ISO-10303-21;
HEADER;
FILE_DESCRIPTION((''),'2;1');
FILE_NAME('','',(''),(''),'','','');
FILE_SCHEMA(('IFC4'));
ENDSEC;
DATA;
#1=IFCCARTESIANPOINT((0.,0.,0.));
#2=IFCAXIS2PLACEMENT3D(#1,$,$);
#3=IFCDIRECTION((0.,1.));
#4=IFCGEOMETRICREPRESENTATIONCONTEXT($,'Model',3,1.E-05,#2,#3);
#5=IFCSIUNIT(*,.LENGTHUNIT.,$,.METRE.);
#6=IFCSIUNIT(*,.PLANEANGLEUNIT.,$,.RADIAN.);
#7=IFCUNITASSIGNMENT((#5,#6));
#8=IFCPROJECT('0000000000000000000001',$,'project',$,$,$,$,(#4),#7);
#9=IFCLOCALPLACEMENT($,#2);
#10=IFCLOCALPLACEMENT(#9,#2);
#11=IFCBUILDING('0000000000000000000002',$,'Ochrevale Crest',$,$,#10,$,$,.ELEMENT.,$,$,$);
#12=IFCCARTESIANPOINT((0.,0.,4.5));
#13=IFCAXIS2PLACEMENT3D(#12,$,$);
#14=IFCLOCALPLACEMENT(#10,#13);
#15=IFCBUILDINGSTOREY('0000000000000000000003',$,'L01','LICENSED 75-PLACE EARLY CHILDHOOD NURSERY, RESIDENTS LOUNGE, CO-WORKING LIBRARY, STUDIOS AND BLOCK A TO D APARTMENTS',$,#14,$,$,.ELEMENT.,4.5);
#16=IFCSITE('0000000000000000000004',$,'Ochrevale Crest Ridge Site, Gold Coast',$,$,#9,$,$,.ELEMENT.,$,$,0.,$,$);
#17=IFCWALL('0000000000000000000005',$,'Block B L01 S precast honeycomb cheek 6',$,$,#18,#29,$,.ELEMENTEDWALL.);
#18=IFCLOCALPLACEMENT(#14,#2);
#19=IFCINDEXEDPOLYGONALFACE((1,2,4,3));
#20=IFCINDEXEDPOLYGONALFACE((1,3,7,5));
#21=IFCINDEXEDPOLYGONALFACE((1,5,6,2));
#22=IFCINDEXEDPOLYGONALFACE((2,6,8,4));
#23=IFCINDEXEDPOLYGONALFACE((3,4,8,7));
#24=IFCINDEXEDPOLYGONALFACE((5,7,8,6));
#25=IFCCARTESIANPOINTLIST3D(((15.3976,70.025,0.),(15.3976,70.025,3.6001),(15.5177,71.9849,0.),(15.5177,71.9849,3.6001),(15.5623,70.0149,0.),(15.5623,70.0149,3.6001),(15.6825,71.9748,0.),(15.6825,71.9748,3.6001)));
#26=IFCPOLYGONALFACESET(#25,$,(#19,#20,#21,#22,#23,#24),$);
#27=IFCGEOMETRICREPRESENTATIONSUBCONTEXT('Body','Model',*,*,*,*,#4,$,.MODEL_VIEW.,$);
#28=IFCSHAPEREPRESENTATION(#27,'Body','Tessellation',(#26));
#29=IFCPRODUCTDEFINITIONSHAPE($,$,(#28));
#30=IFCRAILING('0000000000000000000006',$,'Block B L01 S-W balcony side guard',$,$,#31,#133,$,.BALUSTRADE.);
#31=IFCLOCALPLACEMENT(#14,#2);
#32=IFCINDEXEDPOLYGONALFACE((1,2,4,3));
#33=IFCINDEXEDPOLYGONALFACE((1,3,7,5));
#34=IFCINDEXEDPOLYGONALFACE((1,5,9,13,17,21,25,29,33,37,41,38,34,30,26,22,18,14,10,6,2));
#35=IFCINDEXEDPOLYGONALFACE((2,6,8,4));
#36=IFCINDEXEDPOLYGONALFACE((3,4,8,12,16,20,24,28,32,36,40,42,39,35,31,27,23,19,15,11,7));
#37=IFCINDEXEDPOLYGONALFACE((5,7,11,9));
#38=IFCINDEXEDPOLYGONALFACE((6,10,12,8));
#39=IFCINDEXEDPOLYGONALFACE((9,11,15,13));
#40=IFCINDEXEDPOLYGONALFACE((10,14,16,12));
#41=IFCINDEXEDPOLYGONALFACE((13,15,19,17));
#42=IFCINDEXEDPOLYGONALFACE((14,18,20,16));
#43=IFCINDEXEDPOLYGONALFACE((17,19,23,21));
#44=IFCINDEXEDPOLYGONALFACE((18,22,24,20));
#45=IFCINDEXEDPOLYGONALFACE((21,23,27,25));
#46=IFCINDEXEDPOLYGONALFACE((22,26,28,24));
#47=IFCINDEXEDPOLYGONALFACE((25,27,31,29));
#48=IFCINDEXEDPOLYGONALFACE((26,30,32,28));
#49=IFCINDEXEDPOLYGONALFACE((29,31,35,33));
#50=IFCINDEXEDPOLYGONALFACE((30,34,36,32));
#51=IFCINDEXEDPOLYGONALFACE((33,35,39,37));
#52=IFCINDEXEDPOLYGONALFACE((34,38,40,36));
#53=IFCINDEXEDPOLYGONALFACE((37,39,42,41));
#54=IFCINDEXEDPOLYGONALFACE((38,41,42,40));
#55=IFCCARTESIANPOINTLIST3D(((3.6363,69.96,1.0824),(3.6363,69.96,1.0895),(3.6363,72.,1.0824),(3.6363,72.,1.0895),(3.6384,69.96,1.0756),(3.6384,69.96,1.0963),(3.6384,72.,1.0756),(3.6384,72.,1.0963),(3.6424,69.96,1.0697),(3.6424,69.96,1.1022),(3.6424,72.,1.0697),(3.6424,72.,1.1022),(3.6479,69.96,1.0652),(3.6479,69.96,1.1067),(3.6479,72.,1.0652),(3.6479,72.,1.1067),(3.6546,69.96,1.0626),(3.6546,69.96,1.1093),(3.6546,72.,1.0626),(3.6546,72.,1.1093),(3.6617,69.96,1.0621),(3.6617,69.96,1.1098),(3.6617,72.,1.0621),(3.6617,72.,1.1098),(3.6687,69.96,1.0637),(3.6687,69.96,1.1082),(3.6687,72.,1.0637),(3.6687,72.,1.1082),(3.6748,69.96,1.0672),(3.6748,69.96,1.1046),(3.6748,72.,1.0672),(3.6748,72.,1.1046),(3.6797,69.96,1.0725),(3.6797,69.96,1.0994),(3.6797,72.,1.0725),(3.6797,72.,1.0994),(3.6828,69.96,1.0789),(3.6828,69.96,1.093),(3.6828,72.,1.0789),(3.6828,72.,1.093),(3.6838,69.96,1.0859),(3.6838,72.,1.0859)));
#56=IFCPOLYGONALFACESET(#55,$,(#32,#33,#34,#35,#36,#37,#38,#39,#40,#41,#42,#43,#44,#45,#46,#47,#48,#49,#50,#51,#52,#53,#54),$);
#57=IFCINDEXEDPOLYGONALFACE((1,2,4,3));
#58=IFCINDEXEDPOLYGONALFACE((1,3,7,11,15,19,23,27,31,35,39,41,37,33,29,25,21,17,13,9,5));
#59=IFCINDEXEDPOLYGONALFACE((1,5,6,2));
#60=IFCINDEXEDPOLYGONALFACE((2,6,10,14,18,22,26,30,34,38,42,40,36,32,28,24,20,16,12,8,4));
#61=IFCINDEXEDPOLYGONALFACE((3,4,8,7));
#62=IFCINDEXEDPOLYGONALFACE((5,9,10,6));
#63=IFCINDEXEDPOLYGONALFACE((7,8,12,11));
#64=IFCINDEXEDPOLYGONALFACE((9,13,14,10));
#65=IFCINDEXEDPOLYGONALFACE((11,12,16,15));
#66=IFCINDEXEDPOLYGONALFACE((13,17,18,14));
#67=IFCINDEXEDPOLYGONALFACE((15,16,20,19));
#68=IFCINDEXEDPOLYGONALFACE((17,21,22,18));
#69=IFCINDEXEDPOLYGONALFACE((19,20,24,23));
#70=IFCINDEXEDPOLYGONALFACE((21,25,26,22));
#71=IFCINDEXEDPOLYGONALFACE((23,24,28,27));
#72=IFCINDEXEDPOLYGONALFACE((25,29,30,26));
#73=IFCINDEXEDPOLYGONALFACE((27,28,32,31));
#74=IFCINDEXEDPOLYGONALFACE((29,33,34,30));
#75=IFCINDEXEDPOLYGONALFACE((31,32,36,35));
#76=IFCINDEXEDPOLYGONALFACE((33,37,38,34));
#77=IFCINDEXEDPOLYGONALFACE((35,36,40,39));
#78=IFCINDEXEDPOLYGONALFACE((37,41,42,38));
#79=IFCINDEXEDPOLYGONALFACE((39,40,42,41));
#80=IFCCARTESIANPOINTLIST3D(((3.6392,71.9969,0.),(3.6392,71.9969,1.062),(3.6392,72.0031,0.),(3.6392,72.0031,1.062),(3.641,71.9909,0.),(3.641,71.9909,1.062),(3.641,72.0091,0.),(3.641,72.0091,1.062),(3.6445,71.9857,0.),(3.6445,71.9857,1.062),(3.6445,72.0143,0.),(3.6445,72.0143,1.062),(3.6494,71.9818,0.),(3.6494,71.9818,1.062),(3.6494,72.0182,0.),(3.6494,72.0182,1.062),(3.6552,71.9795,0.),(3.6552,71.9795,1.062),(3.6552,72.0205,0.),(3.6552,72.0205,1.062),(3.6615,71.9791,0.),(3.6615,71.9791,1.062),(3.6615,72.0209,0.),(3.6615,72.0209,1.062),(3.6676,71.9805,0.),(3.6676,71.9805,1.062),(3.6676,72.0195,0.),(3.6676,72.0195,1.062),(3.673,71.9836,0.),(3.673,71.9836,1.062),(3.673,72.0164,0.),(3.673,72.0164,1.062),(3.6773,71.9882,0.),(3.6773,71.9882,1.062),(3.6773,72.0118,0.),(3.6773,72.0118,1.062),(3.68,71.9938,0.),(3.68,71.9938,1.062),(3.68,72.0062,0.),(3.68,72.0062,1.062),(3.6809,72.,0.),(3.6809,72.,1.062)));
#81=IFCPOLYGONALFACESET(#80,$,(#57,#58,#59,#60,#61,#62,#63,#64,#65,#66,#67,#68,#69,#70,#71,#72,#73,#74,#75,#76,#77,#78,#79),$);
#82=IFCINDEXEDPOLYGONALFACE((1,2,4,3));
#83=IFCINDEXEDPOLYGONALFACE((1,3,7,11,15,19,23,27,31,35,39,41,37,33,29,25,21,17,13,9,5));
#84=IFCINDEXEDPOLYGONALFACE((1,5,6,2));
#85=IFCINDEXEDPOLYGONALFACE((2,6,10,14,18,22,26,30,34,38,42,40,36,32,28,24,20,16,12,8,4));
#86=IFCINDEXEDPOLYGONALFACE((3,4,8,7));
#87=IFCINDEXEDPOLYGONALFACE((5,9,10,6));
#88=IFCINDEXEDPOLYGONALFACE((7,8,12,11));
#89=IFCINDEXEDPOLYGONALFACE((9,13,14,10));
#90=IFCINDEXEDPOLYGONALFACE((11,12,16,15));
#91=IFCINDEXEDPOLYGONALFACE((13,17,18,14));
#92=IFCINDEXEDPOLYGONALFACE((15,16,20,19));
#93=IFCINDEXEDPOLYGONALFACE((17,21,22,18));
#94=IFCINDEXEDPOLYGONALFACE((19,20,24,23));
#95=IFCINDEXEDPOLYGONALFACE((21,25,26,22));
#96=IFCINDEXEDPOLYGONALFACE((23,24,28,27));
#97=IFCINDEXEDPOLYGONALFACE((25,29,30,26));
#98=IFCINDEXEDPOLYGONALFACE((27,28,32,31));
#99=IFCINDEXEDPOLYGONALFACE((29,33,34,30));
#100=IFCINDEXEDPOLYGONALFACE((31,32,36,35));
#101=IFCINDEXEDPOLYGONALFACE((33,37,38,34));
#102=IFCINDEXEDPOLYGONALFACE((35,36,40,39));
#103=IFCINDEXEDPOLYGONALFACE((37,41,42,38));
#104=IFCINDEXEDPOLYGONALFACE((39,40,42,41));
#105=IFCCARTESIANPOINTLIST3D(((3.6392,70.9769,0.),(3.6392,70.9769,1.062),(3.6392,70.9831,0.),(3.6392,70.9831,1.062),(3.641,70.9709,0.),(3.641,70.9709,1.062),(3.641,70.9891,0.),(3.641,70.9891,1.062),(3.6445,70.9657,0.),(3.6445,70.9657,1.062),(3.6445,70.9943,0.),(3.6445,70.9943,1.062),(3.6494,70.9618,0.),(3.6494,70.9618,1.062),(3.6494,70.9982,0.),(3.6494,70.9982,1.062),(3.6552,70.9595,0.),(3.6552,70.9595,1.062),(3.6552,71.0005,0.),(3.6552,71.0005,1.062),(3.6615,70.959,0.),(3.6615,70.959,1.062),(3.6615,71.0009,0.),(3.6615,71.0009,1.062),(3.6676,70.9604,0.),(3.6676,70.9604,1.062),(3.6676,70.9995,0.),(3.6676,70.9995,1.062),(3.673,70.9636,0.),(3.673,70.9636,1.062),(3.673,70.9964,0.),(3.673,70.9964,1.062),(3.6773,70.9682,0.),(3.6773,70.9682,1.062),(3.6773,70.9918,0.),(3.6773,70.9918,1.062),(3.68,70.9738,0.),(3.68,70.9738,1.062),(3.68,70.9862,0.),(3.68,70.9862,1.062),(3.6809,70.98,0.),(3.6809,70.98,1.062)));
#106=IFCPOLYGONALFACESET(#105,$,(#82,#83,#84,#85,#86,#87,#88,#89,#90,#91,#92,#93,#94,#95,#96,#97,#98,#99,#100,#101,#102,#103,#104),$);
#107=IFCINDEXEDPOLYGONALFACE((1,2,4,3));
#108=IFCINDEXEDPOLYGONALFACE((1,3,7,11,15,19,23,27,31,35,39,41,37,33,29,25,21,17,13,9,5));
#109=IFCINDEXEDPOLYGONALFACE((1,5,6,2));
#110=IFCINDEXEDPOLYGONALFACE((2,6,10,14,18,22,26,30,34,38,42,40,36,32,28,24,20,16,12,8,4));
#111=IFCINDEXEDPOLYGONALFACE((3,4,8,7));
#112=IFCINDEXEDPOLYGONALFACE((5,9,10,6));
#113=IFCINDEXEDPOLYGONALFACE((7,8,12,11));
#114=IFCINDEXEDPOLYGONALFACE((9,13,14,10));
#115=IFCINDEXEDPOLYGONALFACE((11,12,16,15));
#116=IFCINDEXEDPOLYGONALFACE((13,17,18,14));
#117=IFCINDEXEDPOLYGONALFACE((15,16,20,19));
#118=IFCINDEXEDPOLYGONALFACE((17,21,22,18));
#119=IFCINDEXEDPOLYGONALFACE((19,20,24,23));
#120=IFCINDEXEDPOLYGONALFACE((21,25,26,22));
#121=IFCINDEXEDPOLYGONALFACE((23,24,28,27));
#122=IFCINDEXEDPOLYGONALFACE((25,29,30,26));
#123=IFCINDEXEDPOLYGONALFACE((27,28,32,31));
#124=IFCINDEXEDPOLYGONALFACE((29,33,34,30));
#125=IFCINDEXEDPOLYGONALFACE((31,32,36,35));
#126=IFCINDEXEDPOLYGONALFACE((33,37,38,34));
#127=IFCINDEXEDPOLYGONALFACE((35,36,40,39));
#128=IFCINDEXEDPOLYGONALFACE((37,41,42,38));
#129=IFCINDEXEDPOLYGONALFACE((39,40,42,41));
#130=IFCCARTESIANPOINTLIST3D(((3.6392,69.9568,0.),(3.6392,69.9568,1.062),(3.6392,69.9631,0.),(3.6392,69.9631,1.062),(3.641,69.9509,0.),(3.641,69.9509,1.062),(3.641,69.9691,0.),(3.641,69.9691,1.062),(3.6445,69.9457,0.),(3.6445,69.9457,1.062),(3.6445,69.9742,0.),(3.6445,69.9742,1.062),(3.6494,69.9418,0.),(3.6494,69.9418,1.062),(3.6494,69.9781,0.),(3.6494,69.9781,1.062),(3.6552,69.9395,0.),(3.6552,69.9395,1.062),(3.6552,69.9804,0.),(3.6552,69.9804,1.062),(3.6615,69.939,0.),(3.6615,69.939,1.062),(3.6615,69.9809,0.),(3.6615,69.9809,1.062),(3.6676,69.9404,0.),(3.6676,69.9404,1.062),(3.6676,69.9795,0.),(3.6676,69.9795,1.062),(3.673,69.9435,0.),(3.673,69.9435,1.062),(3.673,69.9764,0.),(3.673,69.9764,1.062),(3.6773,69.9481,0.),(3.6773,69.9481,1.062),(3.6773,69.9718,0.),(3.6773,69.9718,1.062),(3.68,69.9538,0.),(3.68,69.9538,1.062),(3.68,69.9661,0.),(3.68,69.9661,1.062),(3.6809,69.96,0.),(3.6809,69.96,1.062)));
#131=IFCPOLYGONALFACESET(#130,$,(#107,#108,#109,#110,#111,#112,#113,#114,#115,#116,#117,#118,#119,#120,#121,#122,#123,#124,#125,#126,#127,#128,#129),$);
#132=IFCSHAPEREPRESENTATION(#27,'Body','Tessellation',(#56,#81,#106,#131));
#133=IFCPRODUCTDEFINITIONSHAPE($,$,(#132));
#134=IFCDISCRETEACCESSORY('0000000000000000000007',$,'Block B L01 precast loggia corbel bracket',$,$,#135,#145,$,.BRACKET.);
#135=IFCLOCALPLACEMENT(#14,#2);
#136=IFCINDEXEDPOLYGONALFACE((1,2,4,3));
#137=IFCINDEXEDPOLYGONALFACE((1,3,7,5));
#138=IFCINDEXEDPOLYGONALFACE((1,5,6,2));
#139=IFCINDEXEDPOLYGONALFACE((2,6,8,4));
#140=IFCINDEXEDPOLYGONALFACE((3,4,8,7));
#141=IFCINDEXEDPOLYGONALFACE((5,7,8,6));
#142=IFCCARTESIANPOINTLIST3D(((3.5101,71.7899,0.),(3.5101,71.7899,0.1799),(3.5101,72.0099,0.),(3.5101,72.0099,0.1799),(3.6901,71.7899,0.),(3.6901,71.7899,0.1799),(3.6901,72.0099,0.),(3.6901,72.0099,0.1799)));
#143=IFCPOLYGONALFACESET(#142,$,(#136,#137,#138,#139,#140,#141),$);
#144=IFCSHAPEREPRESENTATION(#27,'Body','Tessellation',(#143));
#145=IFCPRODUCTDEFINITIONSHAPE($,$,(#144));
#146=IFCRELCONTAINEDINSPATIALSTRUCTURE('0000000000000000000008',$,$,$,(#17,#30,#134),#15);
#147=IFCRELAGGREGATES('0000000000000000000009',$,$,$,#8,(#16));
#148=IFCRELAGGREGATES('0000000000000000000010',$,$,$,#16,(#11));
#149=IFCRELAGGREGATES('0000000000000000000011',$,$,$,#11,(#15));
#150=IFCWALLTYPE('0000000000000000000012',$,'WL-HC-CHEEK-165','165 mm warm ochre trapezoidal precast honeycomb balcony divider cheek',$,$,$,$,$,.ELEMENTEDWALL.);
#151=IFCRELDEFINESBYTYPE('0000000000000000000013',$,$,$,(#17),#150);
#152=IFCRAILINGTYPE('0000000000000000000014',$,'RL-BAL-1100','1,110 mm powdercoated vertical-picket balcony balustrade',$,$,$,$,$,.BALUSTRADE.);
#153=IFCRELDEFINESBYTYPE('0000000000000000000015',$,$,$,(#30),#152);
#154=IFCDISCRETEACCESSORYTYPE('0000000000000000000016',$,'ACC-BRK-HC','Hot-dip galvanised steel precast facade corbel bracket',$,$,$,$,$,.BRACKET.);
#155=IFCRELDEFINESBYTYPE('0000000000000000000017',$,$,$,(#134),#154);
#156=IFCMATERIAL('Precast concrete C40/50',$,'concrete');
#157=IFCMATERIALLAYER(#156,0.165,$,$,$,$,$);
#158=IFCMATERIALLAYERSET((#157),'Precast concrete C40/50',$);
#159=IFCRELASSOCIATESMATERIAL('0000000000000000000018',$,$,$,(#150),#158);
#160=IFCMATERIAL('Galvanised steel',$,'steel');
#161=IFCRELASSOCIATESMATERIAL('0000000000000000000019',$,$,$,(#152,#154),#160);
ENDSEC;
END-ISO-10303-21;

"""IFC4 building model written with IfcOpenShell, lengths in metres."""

from ifc_helpers import new_model, si_unit, direction, frame, frame_2d, origin, origin_2d, place, context, subcontext, project, spatial, rectangle, circle, extrude, material, layer, layer_set, type_object, element, save


model = new_model("IFC4")

# Units and contexts
model_context = context("Model", 3, precision=1e-05, world=origin(), true_north=direction((0.0, 1.0)))
body_context = subcontext(model_context, "Body", "Model", "MODEL_VIEW")
ifc_project = project(units=[si_unit("LENGTHUNIT", "METRE"), si_unit("PLANEANGLEUNIT", "RADIAN")], contexts=[model_context])

# Site, building, storey
site_placement = place(None, origin())
site = spatial("IfcSite", under=ifc_project, at=site_placement, Name="Ochrevale Crest Ridge Site, Gold Coast", CompositionType="ELEMENT", RefElevation=0.0)
building_placement = place(site_placement, origin())
building = spatial("IfcBuilding", under=site, at=building_placement, Name="Ochrevale Crest", CompositionType="ELEMENT")
storey_placement = place(building_placement, frame((0.0, 0.0, 4.5)))
storey = spatial("IfcBuildingStorey", under=building, at=storey_placement, Name="L01", Description="LICENSED 75-PLACE EARLY CHILDHOOD NURSERY, RESIDENTS LOUNGE, CO-WORKING LIBRARY, STUDIOS AND BLOCK A TO D APARTMENTS", CompositionType="ELEMENT", Elevation=4.5)

# Shared definitions
ifc_material_1 = material(Name="Precast concrete C40/50", Category="concrete")

# Wall
ifc_layer_1 = layer(ifc_material_1, 0.165)
ifc_layer_set_1 = layer_set([ifc_layer_1], Name="Precast concrete C40/50")
wall_type_1 = type_object("IfcWallType", Name="WL-HC-CHEEK-165", Description="165 mm warm ochre trapezoidal precast honeycomb balcony divider cheek", PredefinedType="ELEMENTEDWALL", material=ifc_layer_set_1)
wall_1_placement = place(storey_placement, frame((15.6001, 71.98, 0.0), z_axis=(0.0, 0.0, 1.0), x_axis=(-0.061171, -0.998127, 0.0)))
element("IfcWall", 1, at=wall_1_placement, inside=storey, type_object=wall_type_1, Name="Block B L01 S precast honeycomb cheek 6", PredefinedType="ELEMENTEDWALL", context=body_context, shape_type="SweptSolid", body=[
    extrude(rectangle(XDim=1.9636, YDim=0.165, at=frame_2d((0.9819, 0.0))), origin(), (0.0, 0.0, 1.0), 3.6001),
])

# Railing
ifc_material_2 = material(Name="Galvanised steel", Category="steel")
railing_type = type_object("IfcRailingType", Name="RL-BAL-1100", Description="1,110 mm powdercoated vertical-picket balcony balustrade", PredefinedType="BALUSTRADE", material=ifc_material_2)
railing_placement = place(storey_placement, frame((3.6599, 72.0, 0.0)))
element("IfcRailing", 2, at=railing_placement, inside=storey, type_object=railing_type, Name="Block B L01 S-W balcony side guard", PredefinedType="BALUSTRADE", context=body_context, shape_type="SweptSolid", body=[
    extrude(circle(Radius=0.0239, at=origin_2d()), frame((0.0, 0.0, 1.0859), z_axis=(0.0, -1.0, 0.0), x_axis=(1.0, 0.0, 0.0)), (0.0, 0.0, 1.0), 2.04),
    extrude(circle(Radius=0.021, at=origin_2d()), origin(), (0.0, 0.0, 1.0), 1.062),
    extrude(circle(Radius=0.021, at=origin_2d()), frame((0.0, -1.02, 0.0)), (0.0, 0.0, 1.0), 1.062),
    extrude(circle(Radius=0.021, at=origin_2d()), frame((0.0, -2.04, 0.0)), (0.0, 0.0, 1.0), 1.062),
])

# Discrete accessory
discrete_accessory_type = type_object("IfcDiscreteAccessoryType", Name="ACC-BRK-HC", Description="Hot-dip galvanised steel precast facade corbel bracket", PredefinedType="BRACKET", material=ifc_material_2)
discrete_accessory_placement = place(storey_placement, frame((3.6001, 71.8999, 0.0), z_axis=(0.0, 0.0, 1.0), x_axis=(1.0, 0.0, 0.0)))
element("IfcDiscreteAccessory", 3, at=discrete_accessory_placement, inside=storey, type_object=discrete_accessory_type, Name="Block B L01 precast loggia corbel bracket", PredefinedType="BRACKET", context=body_context, shape_type="SweptSolid", body=[
    extrude(rectangle(XDim=0.1799, YDim=0.22, at=origin_2d()), origin(), (0.0, 0.0, 1.0), 0.1799),
])

save(model, "model.ifc")
